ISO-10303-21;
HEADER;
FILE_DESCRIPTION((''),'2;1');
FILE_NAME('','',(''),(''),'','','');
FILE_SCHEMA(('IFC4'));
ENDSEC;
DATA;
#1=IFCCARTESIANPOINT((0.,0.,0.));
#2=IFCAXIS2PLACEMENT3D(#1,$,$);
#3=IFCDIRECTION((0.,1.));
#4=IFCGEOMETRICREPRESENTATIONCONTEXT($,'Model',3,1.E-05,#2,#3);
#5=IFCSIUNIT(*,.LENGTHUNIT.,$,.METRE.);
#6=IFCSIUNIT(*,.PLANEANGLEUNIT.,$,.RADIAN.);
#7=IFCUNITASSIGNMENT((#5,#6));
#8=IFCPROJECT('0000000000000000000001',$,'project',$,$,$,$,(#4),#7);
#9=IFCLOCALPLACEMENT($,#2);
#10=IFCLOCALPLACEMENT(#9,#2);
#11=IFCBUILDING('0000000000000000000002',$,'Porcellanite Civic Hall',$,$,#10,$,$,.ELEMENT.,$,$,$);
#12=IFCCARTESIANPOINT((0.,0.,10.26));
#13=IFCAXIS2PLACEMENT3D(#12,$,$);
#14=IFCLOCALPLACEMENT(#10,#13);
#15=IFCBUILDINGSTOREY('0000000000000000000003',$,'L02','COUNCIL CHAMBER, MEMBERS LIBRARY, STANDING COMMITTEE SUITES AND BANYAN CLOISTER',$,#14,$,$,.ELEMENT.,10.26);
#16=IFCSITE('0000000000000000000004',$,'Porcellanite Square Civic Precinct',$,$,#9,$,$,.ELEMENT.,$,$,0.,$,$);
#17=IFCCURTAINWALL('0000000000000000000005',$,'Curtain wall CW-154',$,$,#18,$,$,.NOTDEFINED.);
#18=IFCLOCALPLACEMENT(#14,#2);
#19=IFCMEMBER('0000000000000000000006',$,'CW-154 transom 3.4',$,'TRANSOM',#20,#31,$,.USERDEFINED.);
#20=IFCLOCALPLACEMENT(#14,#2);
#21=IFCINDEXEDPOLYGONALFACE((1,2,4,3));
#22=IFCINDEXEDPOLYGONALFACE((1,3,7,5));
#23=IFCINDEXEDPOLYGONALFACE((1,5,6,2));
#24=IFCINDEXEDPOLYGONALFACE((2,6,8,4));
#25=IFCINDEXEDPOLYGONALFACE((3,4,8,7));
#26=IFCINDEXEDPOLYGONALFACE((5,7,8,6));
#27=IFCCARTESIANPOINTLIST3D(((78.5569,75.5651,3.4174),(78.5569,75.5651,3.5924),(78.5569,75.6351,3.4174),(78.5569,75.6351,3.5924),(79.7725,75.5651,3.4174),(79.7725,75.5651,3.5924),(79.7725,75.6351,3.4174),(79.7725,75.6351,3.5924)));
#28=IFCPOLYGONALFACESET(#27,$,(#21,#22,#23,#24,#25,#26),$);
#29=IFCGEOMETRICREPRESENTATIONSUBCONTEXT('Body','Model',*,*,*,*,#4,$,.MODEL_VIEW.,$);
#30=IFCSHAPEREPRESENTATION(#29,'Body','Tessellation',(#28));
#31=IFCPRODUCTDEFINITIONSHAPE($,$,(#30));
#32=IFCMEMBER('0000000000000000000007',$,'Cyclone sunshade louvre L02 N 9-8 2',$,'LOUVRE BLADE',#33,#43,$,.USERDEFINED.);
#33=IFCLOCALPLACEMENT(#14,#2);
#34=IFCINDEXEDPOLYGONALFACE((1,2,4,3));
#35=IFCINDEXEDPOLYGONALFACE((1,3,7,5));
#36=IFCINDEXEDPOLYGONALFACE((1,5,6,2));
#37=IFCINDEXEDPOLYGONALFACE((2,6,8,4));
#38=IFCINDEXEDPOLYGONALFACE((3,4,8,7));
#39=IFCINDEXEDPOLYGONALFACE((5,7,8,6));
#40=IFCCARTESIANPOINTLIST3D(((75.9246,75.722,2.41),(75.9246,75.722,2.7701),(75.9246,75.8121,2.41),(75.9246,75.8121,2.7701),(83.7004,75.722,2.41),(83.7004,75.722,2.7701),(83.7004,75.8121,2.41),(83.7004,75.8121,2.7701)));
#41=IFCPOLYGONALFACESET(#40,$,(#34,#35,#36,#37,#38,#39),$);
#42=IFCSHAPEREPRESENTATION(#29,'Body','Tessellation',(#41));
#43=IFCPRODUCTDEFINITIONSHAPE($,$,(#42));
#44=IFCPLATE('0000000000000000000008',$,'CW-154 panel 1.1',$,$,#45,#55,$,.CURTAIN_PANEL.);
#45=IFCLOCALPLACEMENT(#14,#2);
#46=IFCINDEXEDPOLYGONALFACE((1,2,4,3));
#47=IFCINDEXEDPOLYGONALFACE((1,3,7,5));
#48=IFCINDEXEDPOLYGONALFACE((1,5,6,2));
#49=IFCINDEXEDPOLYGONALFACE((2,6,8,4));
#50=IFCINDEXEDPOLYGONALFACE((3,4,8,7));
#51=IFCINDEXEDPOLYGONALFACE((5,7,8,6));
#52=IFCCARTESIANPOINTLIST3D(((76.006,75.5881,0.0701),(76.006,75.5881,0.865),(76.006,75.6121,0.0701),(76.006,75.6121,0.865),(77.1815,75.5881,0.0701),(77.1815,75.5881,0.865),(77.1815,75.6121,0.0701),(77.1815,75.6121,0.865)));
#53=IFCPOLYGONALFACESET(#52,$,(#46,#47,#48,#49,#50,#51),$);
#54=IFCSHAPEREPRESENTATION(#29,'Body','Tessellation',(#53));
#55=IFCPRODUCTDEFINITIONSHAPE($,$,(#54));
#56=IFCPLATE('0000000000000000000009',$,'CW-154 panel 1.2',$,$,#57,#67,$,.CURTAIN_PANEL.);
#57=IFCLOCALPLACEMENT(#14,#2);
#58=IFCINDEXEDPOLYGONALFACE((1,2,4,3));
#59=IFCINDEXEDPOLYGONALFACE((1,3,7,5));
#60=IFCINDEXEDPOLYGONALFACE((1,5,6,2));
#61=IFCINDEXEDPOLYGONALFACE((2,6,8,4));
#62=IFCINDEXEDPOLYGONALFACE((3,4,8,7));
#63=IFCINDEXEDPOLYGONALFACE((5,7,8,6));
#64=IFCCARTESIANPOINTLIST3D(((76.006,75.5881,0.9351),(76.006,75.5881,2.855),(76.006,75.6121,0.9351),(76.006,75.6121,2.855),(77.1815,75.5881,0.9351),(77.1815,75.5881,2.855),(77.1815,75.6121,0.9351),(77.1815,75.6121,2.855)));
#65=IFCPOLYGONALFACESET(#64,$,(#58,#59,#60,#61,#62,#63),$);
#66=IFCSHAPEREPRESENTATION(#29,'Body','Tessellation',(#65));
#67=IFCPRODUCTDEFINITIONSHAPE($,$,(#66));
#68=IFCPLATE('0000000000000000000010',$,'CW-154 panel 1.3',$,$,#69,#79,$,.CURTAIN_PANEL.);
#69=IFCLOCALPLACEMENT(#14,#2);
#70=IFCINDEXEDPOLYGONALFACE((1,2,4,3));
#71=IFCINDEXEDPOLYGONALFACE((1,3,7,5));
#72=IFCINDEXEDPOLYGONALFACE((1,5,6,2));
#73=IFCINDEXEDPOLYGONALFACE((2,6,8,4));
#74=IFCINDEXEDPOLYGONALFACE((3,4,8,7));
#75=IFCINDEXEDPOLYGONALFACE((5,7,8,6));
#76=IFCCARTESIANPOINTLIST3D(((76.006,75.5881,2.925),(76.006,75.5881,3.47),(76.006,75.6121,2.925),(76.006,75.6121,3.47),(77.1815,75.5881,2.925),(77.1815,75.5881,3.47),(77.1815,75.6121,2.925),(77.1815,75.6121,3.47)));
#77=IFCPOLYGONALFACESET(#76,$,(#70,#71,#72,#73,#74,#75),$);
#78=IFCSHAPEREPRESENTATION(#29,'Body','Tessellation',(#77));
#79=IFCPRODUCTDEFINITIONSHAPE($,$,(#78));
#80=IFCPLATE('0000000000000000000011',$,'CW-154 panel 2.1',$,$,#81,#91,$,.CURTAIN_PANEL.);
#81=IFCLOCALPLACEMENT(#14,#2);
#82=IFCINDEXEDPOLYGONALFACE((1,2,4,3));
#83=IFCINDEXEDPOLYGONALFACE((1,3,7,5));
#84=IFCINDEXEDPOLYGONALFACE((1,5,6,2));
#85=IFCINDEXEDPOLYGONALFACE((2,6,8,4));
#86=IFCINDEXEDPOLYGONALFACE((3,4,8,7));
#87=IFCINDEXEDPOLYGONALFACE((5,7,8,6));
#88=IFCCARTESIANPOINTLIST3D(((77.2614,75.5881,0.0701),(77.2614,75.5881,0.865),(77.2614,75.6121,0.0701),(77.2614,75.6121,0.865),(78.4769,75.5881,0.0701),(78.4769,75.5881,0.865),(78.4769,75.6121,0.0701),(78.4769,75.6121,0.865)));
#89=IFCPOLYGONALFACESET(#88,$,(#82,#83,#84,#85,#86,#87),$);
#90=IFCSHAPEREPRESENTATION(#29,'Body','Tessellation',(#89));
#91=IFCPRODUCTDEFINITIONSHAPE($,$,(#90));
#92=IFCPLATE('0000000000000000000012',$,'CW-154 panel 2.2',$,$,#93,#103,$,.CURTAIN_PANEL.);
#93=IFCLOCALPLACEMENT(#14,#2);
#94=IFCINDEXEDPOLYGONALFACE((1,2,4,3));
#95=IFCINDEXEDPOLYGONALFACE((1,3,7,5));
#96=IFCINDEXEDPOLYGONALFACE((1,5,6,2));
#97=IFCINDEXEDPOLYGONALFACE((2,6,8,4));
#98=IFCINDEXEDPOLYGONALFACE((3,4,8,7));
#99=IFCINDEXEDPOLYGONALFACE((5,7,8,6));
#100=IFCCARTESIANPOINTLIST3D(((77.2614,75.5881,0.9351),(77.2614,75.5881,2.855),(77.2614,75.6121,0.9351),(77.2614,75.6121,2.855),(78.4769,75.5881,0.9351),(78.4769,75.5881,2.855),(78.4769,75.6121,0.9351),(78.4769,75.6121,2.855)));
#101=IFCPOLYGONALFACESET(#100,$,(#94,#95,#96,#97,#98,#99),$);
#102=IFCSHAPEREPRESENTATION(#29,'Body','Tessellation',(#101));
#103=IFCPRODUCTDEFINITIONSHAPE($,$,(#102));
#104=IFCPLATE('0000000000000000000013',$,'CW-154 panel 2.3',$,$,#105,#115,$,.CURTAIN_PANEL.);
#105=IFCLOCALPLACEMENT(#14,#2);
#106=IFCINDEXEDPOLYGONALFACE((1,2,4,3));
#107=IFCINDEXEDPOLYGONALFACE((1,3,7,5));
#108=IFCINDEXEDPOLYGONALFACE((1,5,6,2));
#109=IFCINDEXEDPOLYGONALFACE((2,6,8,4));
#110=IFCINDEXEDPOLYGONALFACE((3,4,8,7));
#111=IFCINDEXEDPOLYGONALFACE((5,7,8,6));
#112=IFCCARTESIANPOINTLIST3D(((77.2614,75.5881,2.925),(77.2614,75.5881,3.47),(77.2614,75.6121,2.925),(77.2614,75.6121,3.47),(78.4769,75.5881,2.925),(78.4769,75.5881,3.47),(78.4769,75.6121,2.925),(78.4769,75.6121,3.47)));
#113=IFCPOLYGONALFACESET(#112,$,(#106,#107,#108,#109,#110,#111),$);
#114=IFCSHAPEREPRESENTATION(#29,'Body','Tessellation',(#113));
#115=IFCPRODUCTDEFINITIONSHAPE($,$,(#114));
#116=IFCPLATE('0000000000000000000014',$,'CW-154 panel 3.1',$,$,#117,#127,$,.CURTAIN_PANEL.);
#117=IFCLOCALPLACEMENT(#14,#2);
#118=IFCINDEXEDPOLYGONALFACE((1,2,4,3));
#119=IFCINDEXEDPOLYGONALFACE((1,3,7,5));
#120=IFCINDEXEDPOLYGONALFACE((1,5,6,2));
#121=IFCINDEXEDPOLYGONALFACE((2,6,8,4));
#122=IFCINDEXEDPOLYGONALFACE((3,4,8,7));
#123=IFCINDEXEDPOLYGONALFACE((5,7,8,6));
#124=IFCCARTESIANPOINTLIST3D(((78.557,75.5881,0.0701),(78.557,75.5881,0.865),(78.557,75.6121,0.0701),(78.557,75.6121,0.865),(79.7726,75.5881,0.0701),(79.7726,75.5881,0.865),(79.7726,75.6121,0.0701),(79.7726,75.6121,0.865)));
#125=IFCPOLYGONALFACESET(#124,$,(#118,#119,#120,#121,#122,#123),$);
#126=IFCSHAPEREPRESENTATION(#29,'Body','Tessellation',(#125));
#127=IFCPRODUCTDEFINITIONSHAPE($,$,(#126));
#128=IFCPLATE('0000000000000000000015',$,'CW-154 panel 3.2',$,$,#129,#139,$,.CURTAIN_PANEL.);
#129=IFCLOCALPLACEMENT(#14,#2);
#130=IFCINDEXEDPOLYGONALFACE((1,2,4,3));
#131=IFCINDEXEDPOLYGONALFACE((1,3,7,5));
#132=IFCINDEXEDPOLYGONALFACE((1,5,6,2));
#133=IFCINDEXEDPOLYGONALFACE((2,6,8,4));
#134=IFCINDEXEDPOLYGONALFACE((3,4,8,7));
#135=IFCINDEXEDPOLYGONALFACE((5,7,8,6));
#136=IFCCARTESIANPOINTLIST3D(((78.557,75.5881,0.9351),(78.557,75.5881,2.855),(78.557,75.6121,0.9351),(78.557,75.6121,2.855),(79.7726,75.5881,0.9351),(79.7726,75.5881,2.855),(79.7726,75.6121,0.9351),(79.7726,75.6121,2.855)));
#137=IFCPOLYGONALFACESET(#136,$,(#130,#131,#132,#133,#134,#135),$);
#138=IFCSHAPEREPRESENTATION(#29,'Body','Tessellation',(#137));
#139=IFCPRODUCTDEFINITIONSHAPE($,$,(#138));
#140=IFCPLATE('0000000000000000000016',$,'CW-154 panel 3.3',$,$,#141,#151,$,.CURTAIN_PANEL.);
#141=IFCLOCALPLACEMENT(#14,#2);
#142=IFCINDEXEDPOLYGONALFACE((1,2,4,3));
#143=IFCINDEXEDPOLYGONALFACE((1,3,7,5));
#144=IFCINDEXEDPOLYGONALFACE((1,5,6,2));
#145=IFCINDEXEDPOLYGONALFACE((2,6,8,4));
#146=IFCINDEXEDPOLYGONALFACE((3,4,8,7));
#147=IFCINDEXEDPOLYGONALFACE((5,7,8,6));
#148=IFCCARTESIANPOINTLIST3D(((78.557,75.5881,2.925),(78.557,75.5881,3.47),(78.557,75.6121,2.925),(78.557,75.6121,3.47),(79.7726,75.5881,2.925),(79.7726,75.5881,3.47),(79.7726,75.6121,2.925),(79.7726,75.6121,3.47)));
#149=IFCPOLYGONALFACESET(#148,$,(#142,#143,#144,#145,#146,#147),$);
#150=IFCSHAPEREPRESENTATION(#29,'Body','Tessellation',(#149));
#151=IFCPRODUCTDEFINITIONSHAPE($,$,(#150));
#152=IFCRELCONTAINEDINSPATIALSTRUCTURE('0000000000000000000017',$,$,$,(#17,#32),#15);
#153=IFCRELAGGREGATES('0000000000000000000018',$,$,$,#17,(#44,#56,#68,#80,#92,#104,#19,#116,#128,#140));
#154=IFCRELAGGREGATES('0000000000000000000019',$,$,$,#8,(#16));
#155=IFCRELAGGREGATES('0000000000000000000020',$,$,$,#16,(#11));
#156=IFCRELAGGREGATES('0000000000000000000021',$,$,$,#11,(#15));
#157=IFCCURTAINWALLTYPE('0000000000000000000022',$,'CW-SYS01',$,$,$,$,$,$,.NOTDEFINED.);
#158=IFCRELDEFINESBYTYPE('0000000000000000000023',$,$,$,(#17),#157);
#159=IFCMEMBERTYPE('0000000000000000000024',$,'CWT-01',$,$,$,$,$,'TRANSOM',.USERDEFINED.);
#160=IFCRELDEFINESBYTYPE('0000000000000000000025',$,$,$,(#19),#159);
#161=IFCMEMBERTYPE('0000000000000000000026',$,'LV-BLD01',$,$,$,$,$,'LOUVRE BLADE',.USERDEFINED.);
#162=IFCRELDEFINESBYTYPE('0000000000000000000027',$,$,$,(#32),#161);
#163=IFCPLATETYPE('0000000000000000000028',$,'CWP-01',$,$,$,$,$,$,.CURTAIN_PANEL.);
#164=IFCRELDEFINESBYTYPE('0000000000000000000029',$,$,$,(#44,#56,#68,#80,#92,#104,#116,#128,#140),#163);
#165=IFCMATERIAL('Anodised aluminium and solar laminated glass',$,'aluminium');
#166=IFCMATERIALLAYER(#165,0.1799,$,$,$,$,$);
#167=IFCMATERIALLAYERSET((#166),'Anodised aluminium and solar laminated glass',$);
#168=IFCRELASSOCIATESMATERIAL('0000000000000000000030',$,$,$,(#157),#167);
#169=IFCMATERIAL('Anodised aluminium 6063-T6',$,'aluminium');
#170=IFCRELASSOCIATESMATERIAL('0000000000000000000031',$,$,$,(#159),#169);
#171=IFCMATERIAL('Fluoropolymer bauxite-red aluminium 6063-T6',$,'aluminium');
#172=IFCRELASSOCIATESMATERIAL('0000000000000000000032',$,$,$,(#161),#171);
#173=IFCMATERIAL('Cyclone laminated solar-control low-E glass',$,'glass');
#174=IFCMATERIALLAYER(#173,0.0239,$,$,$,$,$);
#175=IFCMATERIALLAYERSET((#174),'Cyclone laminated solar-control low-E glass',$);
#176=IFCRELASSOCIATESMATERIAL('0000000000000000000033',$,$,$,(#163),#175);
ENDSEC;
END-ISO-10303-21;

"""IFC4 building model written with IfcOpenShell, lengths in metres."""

from ifc_helpers import new_model, si_unit, direction, frame, origin, origin_2d, place, context, subcontext, project, spatial, rectangle, extrude, material, layer, layer_set, material_profile, profile_set, type_object, element, aggregate, save


model = new_model("IFC4")

# Units and contexts
model_context = context("Model", 3, precision=1e-05, world=origin(), true_north=direction((0.0, 1.0)))
body_context = subcontext(model_context, "Body", "Model", "MODEL_VIEW")
ifc_project = project(units=[si_unit("LENGTHUNIT", "METRE"), si_unit("PLANEANGLEUNIT", "RADIAN")], contexts=[model_context])

# Site, building, storey
site_placement = place(None, origin())
site = spatial("IfcSite", under=ifc_project, at=site_placement, Name="Porcellanite Square Civic Precinct", CompositionType="ELEMENT", RefElevation=0.0)
building_placement = place(site_placement, origin())
building = spatial("IfcBuilding", under=site, at=building_placement, Name="Porcellanite Civic Hall", CompositionType="ELEMENT")
storey_placement = place(building_placement, frame((0.0, 0.0, 10.26)))
storey = spatial("IfcBuildingStorey", under=building, at=storey_placement, Name="L02", Description="COUNCIL CHAMBER, MEMBERS LIBRARY, STANDING COMMITTEE SUITES AND BANYAN CLOISTER", CompositionType="ELEMENT", Elevation=10.26)

# Curtain wall, member
ifc_material_1 = material(Name="Anodised aluminium and solar laminated glass", Category="aluminium")
ifc_layer_1 = layer(ifc_material_1, 0.1799)
ifc_layer_set_1 = layer_set([ifc_layer_1], Name="Anodised aluminium and solar laminated glass")
curtain_wall_type = type_object("IfcCurtainWallType", Name="CW-SYS01", PredefinedType="NOTDEFINED", material=ifc_layer_set_1)
curtain_wall_placement = place(storey_placement, origin())
curtain_wall = element("IfcCurtainWall", 1, at=curtain_wall_placement, inside=storey, type_object=curtain_wall_type, Name="Curtain wall CW-154", PredefinedType="NOTDEFINED")
ifc_material_2 = material(Name="Anodised aluminium 6063-T6", Category="aluminium")
ifc_material_profile_1 = material_profile(ifc_material_2, rectangle(XDim=0.0701, YDim=0.175, at=origin_2d()), Name="AL-70x175")
ifc_profile_set_1 = profile_set([ifc_material_profile_1], Name="Anodised aluminium 6063-T6")
member_type_1 = type_object("IfcMemberType", Name="CWT-01", ElementType="TRANSOM", PredefinedType="USERDEFINED", material=ifc_profile_set_1)
member_1_placement = place(storey_placement, frame((78.5569, 75.6001, 3.5049), z_axis=(1.0, 0.0, 0.0), x_axis=(0.0, 1.0, 0.0)))
member_1 = element("IfcMember", 2, at=member_1_placement, type_object=member_type_1, Name="CW-154 transom 3.4", ObjectType="TRANSOM", PredefinedType="USERDEFINED", context=body_context, shape_type="SweptSolid", body=[
    extrude(rectangle(XDim=0.0701, YDim=0.175, at=origin_2d()), origin(), (0.0, 0.0, 1.0), 1.2156),
])

# Member
ifc_material_3 = material(Name="Fluoropolymer bauxite-red aluminium 6063-T6", Category="aluminium")
ifc_material_profile_2 = material_profile(ifc_material_3, rectangle(XDim=0.0901, YDim=0.3601, at=origin_2d()), Name="AL-90x360")
ifc_profile_set_2 = profile_set([ifc_material_profile_2], Name="Fluoropolymer bauxite-red aluminium 6063-T6")
member_type_2 = type_object("IfcMemberType", Name="LV-BLD01", ElementType="LOUVRE BLADE", PredefinedType="USERDEFINED", material=ifc_profile_set_2)
member_2_placement = place(storey_placement, frame((75.9246, 75.7671, 2.5901), z_axis=(1.0, 0.0, 0.0), x_axis=(0.0, 1.0, 0.0)))
element("IfcMember", 3, at=member_2_placement, inside=storey, type_object=member_type_2, Name="Cyclone sunshade louvre L02 N 9-8 2", ObjectType="LOUVRE BLADE", PredefinedType="USERDEFINED", context=body_context, shape_type="SweptSolid", body=[
    extrude(rectangle(XDim=0.0901, YDim=0.3601, at=origin_2d()), origin(), (0.0, 0.0, 1.0), 7.7759),
])

# Plates
ifc_material_4 = material(Name="Cyclone laminated solar-control low-E glass", Category="glass")
ifc_layer_2 = layer(ifc_material_4, 0.0239)
ifc_layer_set_2 = layer_set([ifc_layer_2], Name="Cyclone laminated solar-control low-E glass")
plate_type = type_object("IfcPlateType", Name="CWP-01", PredefinedType="CURTAIN_PANEL", material=ifc_layer_set_2)
plate_1_placement = place(storey_placement, frame((76.5938, 75.6001, 0.0701), z_axis=(0.0, 0.0, 1.0), x_axis=(1.0, 0.0, 0.0)))
plate_1 = element("IfcPlate", 4, at=plate_1_placement, type_object=plate_type, Name="CW-154 panel 1.1", PredefinedType="CURTAIN_PANEL", context=body_context, shape_type="SweptSolid", body=[
    extrude(rectangle(XDim=1.1755, YDim=0.0239, at=origin_2d()), origin(), (0.0, 0.0, 1.0), 0.7949),
])
plate_2_placement = place(storey_placement, frame((76.5938, 75.6001, 0.9351), z_axis=(0.0, 0.0, 1.0), x_axis=(1.0, 0.0, 0.0)))
plate_2 = element("IfcPlate", 5, at=plate_2_placement, type_object=plate_type, Name="CW-154 panel 1.2", PredefinedType="CURTAIN_PANEL", context=body_context, shape_type="SweptSolid", body=[
    extrude(rectangle(XDim=1.1755, YDim=0.0239, at=origin_2d()), origin(), (0.0, 0.0, 1.0), 1.9199),
])
plate_3_placement = place(storey_placement, frame((76.5938, 75.6001, 2.925), z_axis=(0.0, 0.0, 1.0), x_axis=(1.0, 0.0, 0.0)))
plate_3 = element("IfcPlate", 6, at=plate_3_placement, type_object=plate_type, Name="CW-154 panel 1.3", PredefinedType="CURTAIN_PANEL", context=body_context, shape_type="SweptSolid", body=[
    extrude(rectangle(XDim=1.1755, YDim=0.0239, at=origin_2d()), origin(), (0.0, 0.0, 1.0), 0.5449),
])
plate_4_placement = place(storey_placement, frame((77.8691, 75.6001, 0.0701), z_axis=(0.0, 0.0, 1.0), x_axis=(1.0, 0.0, 0.0)))
plate_4 = element("IfcPlate", 7, at=plate_4_placement, type_object=plate_type, Name="CW-154 panel 2.1", PredefinedType="CURTAIN_PANEL", context=body_context, shape_type="SweptSolid", body=[
    extrude(rectangle(XDim=1.2156, YDim=0.0239, at=origin_2d()), origin(), (0.0, 0.0, 1.0), 0.7949),
])
plate_5_placement = place(storey_placement, frame((77.8691, 75.6001, 0.9351), z_axis=(0.0, 0.0, 1.0), x_axis=(1.0, 0.0, 0.0)))
plate_5 = element("IfcPlate", 8, at=plate_5_placement, type_object=plate_type, Name="CW-154 panel 2.2", PredefinedType="CURTAIN_PANEL", context=body_context, shape_type="SweptSolid", body=[
    extrude(rectangle(XDim=1.2156, YDim=0.0239, at=origin_2d()), origin(), (0.0, 0.0, 1.0), 1.9199),
])
plate_6_placement = place(storey_placement, frame((77.8691, 75.6001, 2.925), z_axis=(0.0, 0.0, 1.0), x_axis=(1.0, 0.0, 0.0)))
plate_6 = element("IfcPlate", 9, at=plate_6_placement, type_object=plate_type, Name="CW-154 panel 2.3", PredefinedType="CURTAIN_PANEL", context=body_context, shape_type="SweptSolid", body=[
    extrude(rectangle(XDim=1.2156, YDim=0.0239, at=origin_2d()), origin(), (0.0, 0.0, 1.0), 0.5449),
])
plate_7_placement = place(storey_placement, frame((79.1648, 75.6001, 0.0701), z_axis=(0.0, 0.0, 1.0), x_axis=(1.0, 0.0, 0.0)))
plate_7 = element("IfcPlate", 10, at=plate_7_placement, type_object=plate_type, Name="CW-154 panel 3.1", PredefinedType="CURTAIN_PANEL", context=body_context, shape_type="SweptSolid", body=[
    extrude(rectangle(XDim=1.2156, YDim=0.0239, at=origin_2d()), origin(), (0.0, 0.0, 1.0), 0.7949),
])
plate_8_placement = place(storey_placement, frame((79.1648, 75.6001, 0.9351), z_axis=(0.0, 0.0, 1.0), x_axis=(1.0, 0.0, 0.0)))
plate_8 = element("IfcPlate", 11, at=plate_8_placement, type_object=plate_type, Name="CW-154 panel 3.2", PredefinedType="CURTAIN_PANEL", context=body_context, shape_type="SweptSolid", body=[
    extrude(rectangle(XDim=1.2156, YDim=0.0239, at=origin_2d()), origin(), (0.0, 0.0, 1.0), 1.9199),
])
plate_9_placement = place(storey_placement, frame((79.1648, 75.6001, 2.925), z_axis=(0.0, 0.0, 1.0), x_axis=(1.0, 0.0, 0.0)))
plate_9 = element("IfcPlate", 12, at=plate_9_placement, type_object=plate_type, Name="CW-154 panel 3.3", PredefinedType="CURTAIN_PANEL", context=body_context, shape_type="SweptSolid", body=[
    extrude(rectangle(XDim=1.2156, YDim=0.0239, at=origin_2d()), origin(), (0.0, 0.0, 1.0), 0.5449),
])
aggregate(curtain_wall, [plate_1, plate_2, plate_3, plate_4, plate_5, plate_6, member_1, plate_7, plate_8, plate_9])

save(model, "model.ifc")
